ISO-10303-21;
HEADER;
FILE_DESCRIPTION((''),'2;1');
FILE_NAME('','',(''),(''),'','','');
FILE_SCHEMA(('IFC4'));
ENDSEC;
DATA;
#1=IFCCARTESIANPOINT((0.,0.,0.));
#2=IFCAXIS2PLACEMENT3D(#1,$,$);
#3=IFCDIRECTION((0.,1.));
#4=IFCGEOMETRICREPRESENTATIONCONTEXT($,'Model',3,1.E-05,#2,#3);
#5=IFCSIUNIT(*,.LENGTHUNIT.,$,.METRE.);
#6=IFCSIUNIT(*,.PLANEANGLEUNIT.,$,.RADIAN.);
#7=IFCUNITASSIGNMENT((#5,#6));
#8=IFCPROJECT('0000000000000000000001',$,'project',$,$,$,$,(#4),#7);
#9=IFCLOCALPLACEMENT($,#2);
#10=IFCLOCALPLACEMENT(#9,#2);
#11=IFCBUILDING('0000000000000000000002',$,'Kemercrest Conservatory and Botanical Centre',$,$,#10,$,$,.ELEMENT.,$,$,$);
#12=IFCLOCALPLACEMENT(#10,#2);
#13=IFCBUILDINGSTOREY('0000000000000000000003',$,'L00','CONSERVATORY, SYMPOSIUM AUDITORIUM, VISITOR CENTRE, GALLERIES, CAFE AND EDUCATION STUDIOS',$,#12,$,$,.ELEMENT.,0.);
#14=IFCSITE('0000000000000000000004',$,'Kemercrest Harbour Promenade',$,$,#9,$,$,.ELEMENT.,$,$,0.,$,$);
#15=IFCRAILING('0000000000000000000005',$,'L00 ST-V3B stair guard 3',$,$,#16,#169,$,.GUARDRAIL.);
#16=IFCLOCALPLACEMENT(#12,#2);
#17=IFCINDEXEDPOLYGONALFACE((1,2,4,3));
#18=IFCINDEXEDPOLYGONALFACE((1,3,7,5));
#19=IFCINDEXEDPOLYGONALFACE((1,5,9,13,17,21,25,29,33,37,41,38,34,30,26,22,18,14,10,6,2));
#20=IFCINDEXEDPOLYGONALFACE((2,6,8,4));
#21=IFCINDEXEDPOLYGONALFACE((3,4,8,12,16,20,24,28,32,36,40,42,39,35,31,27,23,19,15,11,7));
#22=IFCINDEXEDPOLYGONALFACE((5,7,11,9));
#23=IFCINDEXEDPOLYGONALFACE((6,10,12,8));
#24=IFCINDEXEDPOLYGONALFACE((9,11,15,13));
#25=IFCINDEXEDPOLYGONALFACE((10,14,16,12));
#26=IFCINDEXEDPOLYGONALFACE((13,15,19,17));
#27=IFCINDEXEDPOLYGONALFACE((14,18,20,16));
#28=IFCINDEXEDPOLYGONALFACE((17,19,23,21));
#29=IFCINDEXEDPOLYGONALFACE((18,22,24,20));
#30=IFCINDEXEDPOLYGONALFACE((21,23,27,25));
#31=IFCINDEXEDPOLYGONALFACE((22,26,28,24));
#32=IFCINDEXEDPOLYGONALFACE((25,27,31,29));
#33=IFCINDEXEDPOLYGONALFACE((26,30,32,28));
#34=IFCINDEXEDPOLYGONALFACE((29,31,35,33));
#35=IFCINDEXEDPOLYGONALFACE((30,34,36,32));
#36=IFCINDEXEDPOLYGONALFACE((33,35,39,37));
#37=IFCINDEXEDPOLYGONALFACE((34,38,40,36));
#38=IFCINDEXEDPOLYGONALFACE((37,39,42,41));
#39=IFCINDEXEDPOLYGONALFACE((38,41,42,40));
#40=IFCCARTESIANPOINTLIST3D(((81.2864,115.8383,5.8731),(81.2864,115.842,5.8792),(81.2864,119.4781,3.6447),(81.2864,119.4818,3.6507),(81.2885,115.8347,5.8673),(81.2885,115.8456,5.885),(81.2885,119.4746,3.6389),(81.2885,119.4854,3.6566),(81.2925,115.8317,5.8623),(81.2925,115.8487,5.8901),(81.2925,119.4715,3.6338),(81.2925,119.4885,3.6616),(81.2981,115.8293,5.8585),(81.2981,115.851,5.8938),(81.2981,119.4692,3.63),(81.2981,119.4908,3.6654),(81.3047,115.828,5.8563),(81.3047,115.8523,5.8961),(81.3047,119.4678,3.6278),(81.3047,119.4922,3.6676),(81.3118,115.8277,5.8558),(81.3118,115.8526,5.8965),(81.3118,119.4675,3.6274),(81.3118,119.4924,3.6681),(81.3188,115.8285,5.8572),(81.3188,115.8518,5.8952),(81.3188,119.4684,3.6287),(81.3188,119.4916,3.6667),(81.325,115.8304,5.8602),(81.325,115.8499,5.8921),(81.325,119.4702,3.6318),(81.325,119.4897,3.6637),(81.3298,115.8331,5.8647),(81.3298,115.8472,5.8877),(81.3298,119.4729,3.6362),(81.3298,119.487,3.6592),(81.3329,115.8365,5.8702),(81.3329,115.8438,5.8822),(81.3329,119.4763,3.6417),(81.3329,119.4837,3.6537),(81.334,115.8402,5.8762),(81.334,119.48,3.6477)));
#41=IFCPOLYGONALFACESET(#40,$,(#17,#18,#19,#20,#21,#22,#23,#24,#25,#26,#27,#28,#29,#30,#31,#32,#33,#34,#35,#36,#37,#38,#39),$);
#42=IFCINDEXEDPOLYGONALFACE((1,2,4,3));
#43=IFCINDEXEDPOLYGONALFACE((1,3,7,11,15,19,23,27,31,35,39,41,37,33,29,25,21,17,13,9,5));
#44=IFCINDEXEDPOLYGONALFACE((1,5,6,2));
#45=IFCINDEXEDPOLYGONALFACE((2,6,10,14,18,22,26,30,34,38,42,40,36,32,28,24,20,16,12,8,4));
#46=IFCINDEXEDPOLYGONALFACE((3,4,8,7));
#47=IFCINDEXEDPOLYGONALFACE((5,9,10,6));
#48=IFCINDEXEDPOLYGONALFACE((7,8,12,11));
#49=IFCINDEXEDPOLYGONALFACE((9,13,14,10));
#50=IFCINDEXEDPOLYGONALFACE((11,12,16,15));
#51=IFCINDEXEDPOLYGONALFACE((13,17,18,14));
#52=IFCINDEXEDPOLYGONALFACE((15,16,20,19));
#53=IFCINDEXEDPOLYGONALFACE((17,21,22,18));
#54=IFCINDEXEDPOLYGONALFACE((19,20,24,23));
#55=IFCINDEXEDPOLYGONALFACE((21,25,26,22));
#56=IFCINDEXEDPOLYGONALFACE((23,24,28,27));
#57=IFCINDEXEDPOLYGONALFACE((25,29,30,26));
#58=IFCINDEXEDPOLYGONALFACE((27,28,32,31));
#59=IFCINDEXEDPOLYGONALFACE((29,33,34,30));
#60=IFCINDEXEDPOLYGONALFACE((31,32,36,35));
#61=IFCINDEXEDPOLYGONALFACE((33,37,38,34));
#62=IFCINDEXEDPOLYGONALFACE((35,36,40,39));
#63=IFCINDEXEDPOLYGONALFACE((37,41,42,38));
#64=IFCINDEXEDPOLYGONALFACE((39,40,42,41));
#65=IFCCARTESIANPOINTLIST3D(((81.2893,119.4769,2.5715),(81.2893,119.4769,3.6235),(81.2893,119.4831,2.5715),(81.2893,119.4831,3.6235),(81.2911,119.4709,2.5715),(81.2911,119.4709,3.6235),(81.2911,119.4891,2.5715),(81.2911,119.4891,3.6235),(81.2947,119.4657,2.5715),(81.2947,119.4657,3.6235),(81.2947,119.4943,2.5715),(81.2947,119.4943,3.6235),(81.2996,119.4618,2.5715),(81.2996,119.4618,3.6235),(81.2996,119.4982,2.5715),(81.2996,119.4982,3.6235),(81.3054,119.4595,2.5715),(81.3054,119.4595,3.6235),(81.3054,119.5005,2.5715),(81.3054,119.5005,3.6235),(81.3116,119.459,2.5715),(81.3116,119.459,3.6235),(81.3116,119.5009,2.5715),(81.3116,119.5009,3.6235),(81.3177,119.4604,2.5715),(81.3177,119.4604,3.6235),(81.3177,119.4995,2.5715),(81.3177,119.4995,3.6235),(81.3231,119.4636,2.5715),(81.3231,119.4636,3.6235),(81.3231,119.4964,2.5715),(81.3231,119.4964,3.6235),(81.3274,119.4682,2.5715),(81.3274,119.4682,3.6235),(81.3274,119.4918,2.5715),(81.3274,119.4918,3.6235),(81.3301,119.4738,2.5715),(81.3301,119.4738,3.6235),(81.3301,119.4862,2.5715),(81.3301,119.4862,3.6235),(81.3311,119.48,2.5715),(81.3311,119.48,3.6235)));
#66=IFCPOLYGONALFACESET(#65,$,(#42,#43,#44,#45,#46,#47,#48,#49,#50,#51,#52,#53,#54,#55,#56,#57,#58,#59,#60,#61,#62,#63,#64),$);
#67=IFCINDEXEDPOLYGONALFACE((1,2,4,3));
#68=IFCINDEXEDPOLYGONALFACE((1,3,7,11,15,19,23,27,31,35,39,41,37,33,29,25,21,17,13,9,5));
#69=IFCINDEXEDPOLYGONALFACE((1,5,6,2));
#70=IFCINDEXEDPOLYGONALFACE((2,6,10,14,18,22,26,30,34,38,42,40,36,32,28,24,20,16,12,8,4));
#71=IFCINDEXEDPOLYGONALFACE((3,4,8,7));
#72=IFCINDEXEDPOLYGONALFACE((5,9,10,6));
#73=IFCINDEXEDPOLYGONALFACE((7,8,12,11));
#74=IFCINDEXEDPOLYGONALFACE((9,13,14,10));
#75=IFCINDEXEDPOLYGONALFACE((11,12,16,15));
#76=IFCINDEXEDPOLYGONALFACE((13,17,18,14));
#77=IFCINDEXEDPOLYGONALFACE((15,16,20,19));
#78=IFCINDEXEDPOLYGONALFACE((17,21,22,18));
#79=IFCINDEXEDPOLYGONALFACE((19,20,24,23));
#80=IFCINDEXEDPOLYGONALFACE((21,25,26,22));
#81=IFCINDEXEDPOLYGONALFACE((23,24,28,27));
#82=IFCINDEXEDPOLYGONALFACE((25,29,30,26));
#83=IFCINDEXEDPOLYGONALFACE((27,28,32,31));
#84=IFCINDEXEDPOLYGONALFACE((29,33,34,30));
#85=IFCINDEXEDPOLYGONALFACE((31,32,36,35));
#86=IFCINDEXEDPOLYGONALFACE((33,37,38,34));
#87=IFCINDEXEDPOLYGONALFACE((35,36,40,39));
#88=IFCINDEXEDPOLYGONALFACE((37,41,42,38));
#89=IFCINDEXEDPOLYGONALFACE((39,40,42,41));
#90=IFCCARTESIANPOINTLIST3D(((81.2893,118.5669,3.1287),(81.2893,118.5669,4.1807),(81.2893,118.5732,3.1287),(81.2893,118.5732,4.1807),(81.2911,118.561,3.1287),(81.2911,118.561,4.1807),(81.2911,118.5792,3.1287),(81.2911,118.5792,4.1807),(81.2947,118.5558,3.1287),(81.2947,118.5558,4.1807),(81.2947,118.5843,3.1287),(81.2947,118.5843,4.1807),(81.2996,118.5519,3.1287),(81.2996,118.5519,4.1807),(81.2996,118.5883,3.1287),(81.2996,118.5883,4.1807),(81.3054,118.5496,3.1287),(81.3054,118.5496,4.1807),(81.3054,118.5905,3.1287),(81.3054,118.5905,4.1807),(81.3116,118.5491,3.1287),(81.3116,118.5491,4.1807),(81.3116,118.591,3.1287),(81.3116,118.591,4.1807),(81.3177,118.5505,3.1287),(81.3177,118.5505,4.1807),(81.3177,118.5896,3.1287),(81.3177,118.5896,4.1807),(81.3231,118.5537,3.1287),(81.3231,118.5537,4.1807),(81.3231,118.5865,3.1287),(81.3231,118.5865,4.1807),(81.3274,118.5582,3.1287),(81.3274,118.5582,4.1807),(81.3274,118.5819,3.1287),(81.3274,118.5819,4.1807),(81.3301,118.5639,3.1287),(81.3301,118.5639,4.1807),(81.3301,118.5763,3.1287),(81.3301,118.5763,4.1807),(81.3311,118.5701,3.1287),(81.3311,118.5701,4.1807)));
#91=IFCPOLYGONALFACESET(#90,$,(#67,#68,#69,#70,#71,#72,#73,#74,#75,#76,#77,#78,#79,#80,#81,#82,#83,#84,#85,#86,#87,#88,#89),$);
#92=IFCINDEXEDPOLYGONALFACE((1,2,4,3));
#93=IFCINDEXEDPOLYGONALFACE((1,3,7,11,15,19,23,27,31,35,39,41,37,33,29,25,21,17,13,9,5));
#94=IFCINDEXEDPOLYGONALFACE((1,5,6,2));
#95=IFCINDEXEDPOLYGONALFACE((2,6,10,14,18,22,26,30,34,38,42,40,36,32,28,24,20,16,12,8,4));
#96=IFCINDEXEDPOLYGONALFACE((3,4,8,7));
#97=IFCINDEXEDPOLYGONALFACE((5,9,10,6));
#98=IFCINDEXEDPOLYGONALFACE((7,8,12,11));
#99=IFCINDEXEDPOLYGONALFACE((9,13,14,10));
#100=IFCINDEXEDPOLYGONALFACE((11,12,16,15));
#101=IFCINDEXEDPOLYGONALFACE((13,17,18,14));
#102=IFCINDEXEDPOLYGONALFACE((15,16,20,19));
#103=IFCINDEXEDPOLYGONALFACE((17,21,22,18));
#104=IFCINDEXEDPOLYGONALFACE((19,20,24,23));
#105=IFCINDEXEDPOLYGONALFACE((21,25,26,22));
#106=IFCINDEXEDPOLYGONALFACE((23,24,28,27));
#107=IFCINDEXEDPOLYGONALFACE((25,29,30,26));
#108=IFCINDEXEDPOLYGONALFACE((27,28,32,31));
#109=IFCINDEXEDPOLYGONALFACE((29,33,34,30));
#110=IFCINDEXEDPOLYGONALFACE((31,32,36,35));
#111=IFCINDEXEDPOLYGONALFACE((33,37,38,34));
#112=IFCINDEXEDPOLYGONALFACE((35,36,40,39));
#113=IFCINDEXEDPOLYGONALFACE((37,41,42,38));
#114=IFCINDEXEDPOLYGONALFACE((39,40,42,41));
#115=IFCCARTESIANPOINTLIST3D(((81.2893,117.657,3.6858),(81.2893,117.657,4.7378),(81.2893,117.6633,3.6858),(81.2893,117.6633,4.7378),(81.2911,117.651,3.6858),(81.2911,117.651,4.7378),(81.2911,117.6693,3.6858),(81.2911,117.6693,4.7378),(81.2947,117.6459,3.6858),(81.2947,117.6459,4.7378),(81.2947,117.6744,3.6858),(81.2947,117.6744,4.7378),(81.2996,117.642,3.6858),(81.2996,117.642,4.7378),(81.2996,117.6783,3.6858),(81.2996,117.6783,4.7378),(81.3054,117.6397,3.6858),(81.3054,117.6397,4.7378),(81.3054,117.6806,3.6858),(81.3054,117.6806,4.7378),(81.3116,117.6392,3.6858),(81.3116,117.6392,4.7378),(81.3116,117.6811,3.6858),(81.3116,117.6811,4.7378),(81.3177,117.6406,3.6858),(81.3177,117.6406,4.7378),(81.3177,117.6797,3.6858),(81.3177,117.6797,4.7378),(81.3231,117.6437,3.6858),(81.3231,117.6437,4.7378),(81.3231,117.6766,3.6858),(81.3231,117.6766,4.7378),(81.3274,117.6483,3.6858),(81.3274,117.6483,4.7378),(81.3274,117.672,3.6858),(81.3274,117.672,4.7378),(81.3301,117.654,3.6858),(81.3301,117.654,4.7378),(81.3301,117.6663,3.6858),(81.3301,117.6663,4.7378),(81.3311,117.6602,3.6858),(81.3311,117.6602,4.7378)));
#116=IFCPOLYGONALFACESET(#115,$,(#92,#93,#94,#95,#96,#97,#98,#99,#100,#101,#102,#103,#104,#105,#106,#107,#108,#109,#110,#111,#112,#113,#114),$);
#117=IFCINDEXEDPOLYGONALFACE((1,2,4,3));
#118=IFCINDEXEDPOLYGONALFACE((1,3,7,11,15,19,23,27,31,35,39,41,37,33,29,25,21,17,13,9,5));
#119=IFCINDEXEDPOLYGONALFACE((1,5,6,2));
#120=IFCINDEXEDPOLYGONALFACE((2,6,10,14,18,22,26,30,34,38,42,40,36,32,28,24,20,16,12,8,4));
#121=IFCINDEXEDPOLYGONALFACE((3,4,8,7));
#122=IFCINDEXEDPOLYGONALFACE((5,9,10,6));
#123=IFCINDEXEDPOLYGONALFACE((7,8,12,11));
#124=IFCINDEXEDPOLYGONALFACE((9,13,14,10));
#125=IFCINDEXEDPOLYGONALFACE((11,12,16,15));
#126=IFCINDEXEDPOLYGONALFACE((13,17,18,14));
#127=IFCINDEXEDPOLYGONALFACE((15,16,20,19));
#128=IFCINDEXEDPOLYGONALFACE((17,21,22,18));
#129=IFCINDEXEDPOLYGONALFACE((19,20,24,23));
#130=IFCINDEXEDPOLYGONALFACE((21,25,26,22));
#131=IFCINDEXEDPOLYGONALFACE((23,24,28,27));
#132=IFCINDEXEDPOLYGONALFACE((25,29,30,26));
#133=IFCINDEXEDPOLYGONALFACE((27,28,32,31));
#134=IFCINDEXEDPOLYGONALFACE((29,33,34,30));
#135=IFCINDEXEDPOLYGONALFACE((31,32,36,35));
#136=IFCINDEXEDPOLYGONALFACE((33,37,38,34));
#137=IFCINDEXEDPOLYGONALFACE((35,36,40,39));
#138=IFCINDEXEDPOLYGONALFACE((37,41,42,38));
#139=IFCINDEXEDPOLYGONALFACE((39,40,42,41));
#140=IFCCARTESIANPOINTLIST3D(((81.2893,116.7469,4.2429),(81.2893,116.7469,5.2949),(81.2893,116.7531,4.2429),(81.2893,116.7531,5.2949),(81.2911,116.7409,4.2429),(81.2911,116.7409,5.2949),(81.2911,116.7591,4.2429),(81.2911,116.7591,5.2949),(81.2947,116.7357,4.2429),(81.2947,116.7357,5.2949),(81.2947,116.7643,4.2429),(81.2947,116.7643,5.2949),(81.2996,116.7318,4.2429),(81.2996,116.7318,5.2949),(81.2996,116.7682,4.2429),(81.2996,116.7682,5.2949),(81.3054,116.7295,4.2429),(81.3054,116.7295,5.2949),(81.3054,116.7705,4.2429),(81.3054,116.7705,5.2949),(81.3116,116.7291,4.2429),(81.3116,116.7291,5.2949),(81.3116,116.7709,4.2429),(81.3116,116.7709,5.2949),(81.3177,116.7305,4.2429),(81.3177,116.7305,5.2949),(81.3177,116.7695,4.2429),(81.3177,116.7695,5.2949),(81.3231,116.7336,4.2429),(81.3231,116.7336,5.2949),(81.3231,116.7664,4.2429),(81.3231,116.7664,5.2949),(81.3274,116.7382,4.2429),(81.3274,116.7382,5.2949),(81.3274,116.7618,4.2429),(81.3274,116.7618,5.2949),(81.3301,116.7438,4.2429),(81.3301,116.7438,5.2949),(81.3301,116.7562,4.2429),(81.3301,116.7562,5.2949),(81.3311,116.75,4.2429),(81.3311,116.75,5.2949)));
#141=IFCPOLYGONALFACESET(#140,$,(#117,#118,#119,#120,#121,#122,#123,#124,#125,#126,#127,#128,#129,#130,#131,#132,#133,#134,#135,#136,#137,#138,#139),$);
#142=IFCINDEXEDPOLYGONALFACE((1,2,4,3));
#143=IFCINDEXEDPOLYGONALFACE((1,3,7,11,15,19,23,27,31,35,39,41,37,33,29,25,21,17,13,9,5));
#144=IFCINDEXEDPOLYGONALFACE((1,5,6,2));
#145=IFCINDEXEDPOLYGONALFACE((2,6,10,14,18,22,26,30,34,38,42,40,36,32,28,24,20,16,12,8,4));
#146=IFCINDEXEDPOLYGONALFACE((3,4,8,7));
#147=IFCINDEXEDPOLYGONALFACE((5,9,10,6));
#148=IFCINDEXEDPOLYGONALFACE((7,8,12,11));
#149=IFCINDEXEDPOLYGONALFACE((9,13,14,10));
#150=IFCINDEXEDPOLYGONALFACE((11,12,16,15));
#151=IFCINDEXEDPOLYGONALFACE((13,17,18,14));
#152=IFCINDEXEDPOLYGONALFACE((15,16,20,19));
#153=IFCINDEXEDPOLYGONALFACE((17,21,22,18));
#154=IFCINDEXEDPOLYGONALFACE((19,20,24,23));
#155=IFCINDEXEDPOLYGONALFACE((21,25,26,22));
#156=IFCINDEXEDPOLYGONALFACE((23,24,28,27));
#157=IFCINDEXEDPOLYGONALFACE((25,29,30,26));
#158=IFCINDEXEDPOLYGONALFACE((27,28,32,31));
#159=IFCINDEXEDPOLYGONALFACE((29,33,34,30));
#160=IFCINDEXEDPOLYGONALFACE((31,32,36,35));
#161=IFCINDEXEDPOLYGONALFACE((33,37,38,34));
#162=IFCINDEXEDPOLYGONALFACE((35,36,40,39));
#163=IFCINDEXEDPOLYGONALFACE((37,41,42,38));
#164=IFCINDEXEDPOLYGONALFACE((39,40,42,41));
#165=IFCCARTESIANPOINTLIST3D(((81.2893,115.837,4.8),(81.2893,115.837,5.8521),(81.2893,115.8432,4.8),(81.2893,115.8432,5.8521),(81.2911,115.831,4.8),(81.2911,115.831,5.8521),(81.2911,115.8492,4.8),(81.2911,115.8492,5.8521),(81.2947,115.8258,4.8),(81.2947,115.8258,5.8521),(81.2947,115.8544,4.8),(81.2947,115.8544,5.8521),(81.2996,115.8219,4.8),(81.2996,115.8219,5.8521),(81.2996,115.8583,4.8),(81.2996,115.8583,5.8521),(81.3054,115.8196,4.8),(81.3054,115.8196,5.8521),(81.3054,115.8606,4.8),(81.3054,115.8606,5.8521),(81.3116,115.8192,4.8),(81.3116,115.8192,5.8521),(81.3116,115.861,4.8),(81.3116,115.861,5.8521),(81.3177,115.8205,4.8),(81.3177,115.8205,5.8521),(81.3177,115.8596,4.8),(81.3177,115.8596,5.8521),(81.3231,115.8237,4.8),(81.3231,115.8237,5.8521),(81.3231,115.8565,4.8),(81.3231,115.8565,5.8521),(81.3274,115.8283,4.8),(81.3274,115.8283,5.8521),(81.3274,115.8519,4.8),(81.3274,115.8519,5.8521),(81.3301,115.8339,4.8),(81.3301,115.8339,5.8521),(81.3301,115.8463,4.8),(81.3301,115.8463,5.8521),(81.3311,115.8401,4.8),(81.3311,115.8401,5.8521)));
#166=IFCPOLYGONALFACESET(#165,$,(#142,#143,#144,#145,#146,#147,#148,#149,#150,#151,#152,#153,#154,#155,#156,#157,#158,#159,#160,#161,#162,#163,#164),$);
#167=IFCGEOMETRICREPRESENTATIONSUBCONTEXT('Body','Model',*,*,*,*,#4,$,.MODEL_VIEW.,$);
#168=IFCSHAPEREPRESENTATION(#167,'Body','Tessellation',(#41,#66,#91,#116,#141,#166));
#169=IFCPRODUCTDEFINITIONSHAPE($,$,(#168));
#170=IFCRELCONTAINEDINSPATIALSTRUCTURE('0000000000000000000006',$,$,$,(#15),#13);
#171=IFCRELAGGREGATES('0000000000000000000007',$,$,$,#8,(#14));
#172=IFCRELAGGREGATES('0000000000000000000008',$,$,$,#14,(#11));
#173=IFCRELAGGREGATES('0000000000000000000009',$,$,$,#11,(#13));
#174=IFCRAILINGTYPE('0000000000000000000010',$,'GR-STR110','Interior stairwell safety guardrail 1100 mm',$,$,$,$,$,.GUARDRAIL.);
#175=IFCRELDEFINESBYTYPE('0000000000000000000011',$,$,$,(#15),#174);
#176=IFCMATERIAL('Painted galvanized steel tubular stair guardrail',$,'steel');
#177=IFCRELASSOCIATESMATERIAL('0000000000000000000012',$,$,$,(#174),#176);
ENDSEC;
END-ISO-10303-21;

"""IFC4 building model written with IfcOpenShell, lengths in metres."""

from ifc_helpers import new_model, si_unit, direction, frame, origin, origin_2d, place, context, subcontext, project, spatial, circle, extrude, material, type_object, element, save


model = new_model("IFC4")

# Units and contexts
model_context = context("Model", 3, precision=1e-05, world=origin(), true_north=direction((0.0, 1.0)))
body_context = subcontext(model_context, "Body", "Model", "MODEL_VIEW")
ifc_project = project(units=[si_unit("LENGTHUNIT", "METRE"), si_unit("PLANEANGLEUNIT", "RADIAN")], contexts=[model_context])

# Site, building, storey
site_placement = place(None, origin())
site = spatial("IfcSite", under=ifc_project, at=site_placement, Name="Kemercrest Harbour Promenade", CompositionType="ELEMENT", RefElevation=0.0)
building_placement = place(site_placement, origin())
building = spatial("IfcBuilding", under=site, at=building_placement, Name="Kemercrest Conservatory and Botanical Centre", CompositionType="ELEMENT")
storey_placement = place(building_placement, origin())
storey = spatial("IfcBuildingStorey", under=building, at=storey_placement, Name="L00", Description="CONSERVATORY, SYMPOSIUM AUDITORIUM, VISITOR CENTRE, GALLERIES, CAFE AND EDUCATION STUDIOS", CompositionType="ELEMENT", Elevation=0.0)

# Railing
ifc_material_1 = material(Name="Painted galvanized steel tubular stair guardrail", Category="steel")
railing_type_1 = type_object("IfcRailingType", Name="GR-STR110", Description="Interior stairwell safety guardrail 1100 mm", PredefinedType="GUARDRAIL", material=ifc_material_1)
railing_1_placement = place(storey_placement, frame((81.3101, 119.48, 2.5715)))
element("IfcRailing", 1, at=railing_1_placement, inside=storey, type_object=railing_type_1, Name="L00 ST-V3B stair guard 3", PredefinedType="GUARDRAIL", context=body_context, shape_type="SweptSolid", body=[
    extrude(circle(Radius=0.0239, at=origin_2d()), frame((0.0, 0.0, 1.0762), z_axis=(0.0, -0.85285, 0.522156), x_axis=(1.0, 0.0, 0.0)), (0.0, 0.0, 1.0), 4.2678),
    extrude(circle(Radius=0.021, at=origin_2d()), origin(), (0.0, 0.0, 1.0), 1.052),
    extrude(circle(Radius=0.021, at=origin_2d()), frame((0.0, -0.9099, 0.5571)), (0.0, 0.0, 1.0), 1.052),
    extrude(circle(Radius=0.021, at=origin_2d()), frame((0.0, -1.8198, 1.1143)), (0.0, 0.0, 1.0), 1.052),
    extrude(circle(Radius=0.021, at=origin_2d()), frame((0.0, -2.73, 1.6714)), (0.0, 0.0, 1.0), 1.052),
    extrude(circle(Radius=0.021, at=origin_2d()), frame((0.0, -3.6399, 2.2285)), (0.0, 0.0, 1.0), 1.052),
])

save(model, "model.ifc")
